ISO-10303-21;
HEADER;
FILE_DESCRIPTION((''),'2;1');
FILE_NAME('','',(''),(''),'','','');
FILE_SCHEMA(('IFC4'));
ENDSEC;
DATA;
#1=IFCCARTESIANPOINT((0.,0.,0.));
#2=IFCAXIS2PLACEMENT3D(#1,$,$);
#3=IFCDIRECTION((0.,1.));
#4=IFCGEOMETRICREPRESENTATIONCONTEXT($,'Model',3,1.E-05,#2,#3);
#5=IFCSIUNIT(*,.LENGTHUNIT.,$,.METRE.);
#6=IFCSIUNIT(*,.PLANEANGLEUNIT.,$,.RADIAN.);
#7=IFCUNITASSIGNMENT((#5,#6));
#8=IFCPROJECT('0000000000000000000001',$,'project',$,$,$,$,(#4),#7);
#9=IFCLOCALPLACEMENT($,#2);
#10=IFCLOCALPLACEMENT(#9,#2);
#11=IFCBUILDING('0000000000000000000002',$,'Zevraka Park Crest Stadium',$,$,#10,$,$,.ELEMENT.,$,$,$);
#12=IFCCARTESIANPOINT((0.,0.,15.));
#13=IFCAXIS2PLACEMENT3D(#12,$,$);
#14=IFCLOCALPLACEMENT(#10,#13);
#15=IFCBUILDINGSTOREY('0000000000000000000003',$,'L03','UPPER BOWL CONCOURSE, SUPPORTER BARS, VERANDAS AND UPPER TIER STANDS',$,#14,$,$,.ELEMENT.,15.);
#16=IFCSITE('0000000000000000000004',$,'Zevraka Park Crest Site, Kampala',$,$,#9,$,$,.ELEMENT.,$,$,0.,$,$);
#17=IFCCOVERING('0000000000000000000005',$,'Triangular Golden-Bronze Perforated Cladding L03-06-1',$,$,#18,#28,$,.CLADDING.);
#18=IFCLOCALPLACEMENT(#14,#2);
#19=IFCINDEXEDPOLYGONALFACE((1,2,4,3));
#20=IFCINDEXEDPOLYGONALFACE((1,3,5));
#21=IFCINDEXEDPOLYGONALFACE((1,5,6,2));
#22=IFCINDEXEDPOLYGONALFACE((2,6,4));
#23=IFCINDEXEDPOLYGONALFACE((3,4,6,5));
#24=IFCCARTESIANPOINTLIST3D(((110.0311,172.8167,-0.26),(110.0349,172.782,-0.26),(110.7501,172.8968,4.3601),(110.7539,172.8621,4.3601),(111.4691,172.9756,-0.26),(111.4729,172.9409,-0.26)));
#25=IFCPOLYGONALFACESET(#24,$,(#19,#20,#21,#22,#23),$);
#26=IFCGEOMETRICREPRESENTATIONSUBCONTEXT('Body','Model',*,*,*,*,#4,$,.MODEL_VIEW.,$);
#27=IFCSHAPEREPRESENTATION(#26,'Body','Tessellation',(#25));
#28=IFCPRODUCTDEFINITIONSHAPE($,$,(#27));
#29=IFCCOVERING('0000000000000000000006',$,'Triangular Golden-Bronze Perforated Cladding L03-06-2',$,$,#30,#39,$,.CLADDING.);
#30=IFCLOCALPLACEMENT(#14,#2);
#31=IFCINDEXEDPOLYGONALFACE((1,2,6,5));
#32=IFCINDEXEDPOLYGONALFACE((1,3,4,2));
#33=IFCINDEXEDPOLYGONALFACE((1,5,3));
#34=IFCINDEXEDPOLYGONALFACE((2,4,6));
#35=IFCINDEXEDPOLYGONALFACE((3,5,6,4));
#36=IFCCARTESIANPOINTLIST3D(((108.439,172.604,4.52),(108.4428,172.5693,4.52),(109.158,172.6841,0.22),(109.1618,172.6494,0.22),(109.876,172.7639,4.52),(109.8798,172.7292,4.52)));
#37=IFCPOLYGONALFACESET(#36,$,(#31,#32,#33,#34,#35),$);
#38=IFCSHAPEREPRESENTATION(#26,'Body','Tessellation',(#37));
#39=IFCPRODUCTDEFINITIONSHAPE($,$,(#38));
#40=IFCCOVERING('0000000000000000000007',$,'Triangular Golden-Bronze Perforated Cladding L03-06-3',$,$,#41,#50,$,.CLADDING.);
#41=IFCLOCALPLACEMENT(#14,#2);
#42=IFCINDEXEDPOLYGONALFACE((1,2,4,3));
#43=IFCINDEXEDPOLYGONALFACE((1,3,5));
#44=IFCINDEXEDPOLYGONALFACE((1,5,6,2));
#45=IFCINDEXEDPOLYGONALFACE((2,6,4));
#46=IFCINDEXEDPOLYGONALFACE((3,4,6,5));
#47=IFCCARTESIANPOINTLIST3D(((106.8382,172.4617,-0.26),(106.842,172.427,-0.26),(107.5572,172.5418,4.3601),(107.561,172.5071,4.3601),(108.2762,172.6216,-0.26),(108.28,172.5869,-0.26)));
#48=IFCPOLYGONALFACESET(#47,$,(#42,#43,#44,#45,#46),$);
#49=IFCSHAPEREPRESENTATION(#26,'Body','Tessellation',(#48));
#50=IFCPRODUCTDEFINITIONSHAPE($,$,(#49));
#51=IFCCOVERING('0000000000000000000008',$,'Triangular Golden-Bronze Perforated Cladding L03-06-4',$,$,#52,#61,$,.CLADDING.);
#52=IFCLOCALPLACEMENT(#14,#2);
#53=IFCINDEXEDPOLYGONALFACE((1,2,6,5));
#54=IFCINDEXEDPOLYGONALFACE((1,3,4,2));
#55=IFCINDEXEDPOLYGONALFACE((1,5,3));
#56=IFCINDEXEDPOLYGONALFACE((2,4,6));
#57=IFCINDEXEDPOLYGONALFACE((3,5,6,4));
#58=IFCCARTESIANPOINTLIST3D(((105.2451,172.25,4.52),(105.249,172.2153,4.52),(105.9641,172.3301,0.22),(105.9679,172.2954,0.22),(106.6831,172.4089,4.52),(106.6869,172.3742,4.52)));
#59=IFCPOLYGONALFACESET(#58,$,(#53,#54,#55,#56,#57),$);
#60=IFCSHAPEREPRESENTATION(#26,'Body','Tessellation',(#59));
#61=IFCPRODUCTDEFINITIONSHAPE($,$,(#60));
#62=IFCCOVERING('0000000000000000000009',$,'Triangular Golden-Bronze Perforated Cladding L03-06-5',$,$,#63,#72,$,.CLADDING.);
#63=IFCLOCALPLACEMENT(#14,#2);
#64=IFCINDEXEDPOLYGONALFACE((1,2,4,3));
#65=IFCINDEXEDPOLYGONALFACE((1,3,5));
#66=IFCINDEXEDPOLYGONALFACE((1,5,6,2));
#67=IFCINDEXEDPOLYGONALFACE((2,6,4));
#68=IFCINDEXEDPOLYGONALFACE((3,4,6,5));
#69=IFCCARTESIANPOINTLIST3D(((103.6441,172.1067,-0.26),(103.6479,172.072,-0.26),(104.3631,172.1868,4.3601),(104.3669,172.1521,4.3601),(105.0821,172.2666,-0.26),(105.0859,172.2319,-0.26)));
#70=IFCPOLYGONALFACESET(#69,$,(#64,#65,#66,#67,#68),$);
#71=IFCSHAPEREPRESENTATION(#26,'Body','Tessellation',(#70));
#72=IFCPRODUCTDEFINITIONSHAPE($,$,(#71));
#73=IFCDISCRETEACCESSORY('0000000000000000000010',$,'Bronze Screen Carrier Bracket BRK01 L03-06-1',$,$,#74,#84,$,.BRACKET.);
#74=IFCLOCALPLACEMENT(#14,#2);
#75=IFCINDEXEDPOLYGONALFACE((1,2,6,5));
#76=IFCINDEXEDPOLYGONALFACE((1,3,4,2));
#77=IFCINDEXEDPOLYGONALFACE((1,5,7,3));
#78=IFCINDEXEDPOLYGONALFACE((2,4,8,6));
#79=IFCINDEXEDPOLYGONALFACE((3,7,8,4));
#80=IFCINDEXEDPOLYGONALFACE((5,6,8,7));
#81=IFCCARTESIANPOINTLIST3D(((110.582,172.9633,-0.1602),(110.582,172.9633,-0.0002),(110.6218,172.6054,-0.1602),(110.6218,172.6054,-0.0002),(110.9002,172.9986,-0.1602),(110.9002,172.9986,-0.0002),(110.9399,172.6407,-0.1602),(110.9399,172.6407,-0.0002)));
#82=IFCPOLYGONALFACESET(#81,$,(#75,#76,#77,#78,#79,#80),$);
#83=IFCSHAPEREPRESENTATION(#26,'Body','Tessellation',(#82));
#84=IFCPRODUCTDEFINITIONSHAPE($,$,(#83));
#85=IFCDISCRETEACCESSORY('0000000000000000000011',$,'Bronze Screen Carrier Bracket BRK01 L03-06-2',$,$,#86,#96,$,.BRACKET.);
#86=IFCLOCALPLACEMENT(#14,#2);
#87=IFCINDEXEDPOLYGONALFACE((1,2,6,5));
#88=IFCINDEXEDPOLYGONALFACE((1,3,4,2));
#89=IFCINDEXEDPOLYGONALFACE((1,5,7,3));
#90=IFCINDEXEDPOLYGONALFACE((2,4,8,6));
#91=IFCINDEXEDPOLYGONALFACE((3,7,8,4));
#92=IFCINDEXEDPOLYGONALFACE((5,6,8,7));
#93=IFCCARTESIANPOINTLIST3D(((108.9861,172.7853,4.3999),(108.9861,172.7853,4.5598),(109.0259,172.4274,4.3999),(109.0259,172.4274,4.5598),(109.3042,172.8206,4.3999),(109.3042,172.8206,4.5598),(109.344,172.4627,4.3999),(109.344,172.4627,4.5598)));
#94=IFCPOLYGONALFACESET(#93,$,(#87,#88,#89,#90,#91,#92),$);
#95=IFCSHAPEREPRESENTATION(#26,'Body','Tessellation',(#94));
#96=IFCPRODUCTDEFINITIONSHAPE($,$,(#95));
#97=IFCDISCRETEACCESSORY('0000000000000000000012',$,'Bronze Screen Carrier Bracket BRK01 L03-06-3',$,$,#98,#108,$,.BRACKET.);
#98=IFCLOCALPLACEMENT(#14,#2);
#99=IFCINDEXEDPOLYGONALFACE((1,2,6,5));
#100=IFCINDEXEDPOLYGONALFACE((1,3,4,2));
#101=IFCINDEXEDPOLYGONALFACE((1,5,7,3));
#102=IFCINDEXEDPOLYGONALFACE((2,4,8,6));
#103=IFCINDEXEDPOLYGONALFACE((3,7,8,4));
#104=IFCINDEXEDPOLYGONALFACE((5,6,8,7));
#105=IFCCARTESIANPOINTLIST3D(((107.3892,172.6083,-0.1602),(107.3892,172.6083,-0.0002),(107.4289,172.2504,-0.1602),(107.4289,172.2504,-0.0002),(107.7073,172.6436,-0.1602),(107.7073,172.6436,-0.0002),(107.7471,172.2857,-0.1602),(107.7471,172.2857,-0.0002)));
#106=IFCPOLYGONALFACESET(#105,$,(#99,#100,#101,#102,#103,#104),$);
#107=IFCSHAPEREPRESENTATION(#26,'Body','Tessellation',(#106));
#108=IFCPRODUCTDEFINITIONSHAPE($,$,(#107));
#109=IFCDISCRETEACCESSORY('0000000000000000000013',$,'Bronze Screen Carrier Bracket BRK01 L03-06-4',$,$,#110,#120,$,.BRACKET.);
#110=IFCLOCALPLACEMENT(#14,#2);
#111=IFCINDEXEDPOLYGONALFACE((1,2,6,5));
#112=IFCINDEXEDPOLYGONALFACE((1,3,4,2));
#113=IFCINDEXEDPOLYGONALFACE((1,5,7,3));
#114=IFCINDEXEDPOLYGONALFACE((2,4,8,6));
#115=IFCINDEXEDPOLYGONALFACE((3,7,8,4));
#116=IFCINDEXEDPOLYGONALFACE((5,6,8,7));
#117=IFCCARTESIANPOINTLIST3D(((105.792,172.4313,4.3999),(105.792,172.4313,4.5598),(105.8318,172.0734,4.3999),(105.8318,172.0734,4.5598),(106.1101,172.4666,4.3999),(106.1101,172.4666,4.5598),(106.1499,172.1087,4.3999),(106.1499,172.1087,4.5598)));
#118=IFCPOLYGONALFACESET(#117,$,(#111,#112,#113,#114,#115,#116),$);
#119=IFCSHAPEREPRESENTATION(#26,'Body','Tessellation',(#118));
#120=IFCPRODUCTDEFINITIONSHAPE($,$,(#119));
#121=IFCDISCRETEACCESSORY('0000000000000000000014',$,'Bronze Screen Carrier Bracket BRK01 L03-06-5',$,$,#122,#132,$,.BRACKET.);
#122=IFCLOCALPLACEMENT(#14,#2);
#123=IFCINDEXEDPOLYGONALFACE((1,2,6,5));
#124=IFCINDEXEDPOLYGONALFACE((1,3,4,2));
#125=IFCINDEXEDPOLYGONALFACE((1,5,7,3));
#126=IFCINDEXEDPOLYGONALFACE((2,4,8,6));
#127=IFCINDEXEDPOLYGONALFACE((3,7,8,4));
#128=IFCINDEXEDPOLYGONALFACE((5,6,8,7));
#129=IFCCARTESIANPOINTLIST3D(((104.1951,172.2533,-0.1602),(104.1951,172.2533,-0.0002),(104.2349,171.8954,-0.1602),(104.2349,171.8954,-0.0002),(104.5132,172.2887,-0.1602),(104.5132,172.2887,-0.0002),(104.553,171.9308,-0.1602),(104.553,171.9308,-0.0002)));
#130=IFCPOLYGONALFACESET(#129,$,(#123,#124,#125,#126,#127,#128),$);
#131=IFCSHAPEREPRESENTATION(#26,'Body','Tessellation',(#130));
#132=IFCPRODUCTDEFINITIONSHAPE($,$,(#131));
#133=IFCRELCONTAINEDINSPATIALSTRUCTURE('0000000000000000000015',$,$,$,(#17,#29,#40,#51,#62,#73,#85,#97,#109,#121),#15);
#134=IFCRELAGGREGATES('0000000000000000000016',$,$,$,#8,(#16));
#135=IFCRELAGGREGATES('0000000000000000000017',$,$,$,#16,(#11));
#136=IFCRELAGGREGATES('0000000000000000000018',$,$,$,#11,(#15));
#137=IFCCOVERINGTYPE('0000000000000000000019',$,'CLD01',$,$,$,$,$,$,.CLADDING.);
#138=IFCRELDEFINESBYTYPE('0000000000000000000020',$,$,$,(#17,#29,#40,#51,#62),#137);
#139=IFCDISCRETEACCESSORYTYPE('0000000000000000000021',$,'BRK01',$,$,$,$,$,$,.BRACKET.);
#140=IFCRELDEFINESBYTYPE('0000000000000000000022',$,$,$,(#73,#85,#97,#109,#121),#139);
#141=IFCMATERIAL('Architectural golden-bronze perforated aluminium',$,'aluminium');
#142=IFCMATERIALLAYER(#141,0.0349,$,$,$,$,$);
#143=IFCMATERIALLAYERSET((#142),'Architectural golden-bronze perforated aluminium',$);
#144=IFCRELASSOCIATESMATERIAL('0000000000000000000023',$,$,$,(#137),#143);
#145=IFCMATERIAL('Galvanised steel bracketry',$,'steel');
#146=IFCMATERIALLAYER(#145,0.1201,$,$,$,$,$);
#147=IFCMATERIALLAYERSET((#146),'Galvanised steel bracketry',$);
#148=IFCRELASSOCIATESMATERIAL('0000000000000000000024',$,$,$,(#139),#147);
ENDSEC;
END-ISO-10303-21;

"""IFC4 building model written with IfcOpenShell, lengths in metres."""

from ifc_helpers import new_model, si_unit, direction, frame, origin, origin_2d, place, context, subcontext, project, spatial, polyline, rectangle, outline, extrude, material, layer, layer_set, type_object, element, save


model = new_model("IFC4")

# Units and contexts
model_context = context("Model", 3, precision=1e-05, world=origin(), true_north=direction((0.0, 1.0)))
body_context = subcontext(model_context, "Body", "Model", "MODEL_VIEW")
ifc_project = project(units=[si_unit("LENGTHUNIT", "METRE"), si_unit("PLANEANGLEUNIT", "RADIAN")], contexts=[model_context])

# Site, building, storey
site_placement = place(None, origin())
site = spatial("IfcSite", under=ifc_project, at=site_placement, Name="Zevraka Park Crest Site, Kampala", CompositionType="ELEMENT", RefElevation=0.0)
building_placement = place(site_placement, origin())
building = spatial("IfcBuilding", under=site, at=building_placement, Name="Zevraka Park Crest Stadium", CompositionType="ELEMENT")
storey_placement = place(building_placement, frame((0.0, 0.0, 15.0)))
storey = spatial("IfcBuildingStorey", under=building, at=storey_placement, Name="L03", Description="UPPER BOWL CONCOURSE, SUPPORTER BARS, VERANDAS AND UPPER TIER STANDS", CompositionType="ELEMENT", Elevation=15.0)

# Coverings
ifc_material_1 = material(Name="Architectural golden-bronze perforated aluminium", Category="aluminium")
ifc_layer_1 = layer(ifc_material_1, 0.0349)
ifc_layer_set_1 = layer_set([ifc_layer_1], Name="Architectural golden-bronze perforated aluminium")
covering_type = type_object("IfcCoveringType", Name="CLD01", PredefinedType="CLADDING", material=ifc_layer_set_1)
covering_1_placement = place(storey_placement, frame((111.4729, 172.9409, -0.26), z_axis=(0.109857, -0.993947, 0.000131), x_axis=(-0.993947, -0.109857, 0.0)))
element("IfcCovering", 1, at=covering_1_placement, inside=storey, type_object=covering_type, Name="Triangular Golden-Bronze Perforated Cladding L03-06-1", PredefinedType="CLADDING", context=body_context, shape_type="SweptSolid", body=[
    extrude(outline(polyline([(0.0, 0.0), (1.4467, 0.0), (0.7233, -4.6201), (0.0, 0.0)])), origin(), (0.0, 0.0, -1.0), 0.0349),
])
covering_2_placement = place(storey_placement, frame((108.439, 172.604, 4.52), z_axis=(-0.110598, 0.993865, 0.000016), x_axis=(0.993865, 0.110598, 0.0)))
element("IfcCovering", 2, at=covering_2_placement, inside=storey, type_object=covering_type, Name="Triangular Golden-Bronze Perforated Cladding L03-06-2", PredefinedType="CLADDING", context=body_context, shape_type="SweptSolid", body=[
    extrude(outline(polyline([(0.0, 0.0), (1.4459, 0.0), (0.7234, 4.3), (0.0, 0.0)])), origin(), (0.0, 0.0, -1.0), 0.0349),
])
covering_3_placement = place(storey_placement, frame((108.28, 172.5869, -0.26), z_axis=(0.110524, -0.993873, 0.000026), x_axis=(-0.993873, -0.110524, 0.0)))
element("IfcCovering", 3, at=covering_3_placement, inside=storey, type_object=covering_type, Name="Triangular Golden-Bronze Perforated Cladding L03-06-3", PredefinedType="CLADDING", context=body_context, shape_type="SweptSolid", body=[
    extrude(outline(polyline([(0.0, 0.0), (1.4469, 0.0), (0.7234, -4.6201), (0.0, 0.0)])), origin(), (0.0, 0.0, -1.0), 0.0349),
])
covering_4_placement = place(storey_placement, frame((105.2451, 172.25, 4.52), z_axis=(-0.109857, 0.993947, 0.000141), x_axis=(0.993947, 0.109857, 0.0)))
element("IfcCovering", 4, at=covering_4_placement, inside=storey, type_object=covering_type, Name="Triangular Golden-Bronze Perforated Cladding L03-06-4", PredefinedType="CLADDING", context=body_context, shape_type="SweptSolid", body=[
    extrude(outline(polyline([(0.0, 0.0), (1.4467, 0.0), (0.7234, 4.3), (0.0, 0.0)])), origin(), (0.0, 0.0, -1.0), 0.0349),
])
covering_5_placement = place(storey_placement, frame((105.0859, 172.2319, -0.26), z_axis=(0.110524, -0.993873, 0.000026), x_axis=(-0.993873, -0.110524, 0.0)))
element("IfcCovering", 5, at=covering_5_placement, inside=storey, type_object=covering_type, Name="Triangular Golden-Bronze Perforated Cladding L03-06-5", PredefinedType="CLADDING", context=body_context, shape_type="SweptSolid", body=[
    extrude(outline(polyline([(0.0, 0.0), (1.4469, 0.0), (0.7234, -4.6201), (0.0, 0.0)])), origin(), (0.0, 0.0, -1.0), 0.0349),
])

# Discrete accessories
ifc_material_2 = material(Name="Galvanised steel bracketry", Category="steel")
ifc_layer_2 = layer(ifc_material_2, 0.1201)
ifc_layer_set_2 = layer_set([ifc_layer_2], Name="Galvanised steel bracketry")
discrete_accessory_type = type_object("IfcDiscreteAccessoryType", Name="BRK01", PredefinedType="BRACKET", material=ifc_layer_set_2)
for number, where, z_axis, x_axis, name in (
    (6, (110.761, 172.802, -0.1602), (0.0, 0.0, 1.0), (-0.993884, -0.110428, 0.0), "Bronze Screen Carrier Bracket BRK01 L03-06-1"),
    (7, (109.165, 172.624, 4.3999), (0.0, 0.0, 1.0), (-0.993884, -0.110428, 0.0), "Bronze Screen Carrier Bracket BRK01 L03-06-2"),
    (8, (107.5681, 172.447, -0.1602), (0.0, 0.0, 1.0), (-0.993884, -0.110428, 0.0), "Bronze Screen Carrier Bracket BRK01 L03-06-3"),
    (9, (105.9709, 172.27, 4.3999), (0.0, 0.0, 1.0), (-0.993884, -0.110428, 0.0), "Bronze Screen Carrier Bracket BRK01 L03-06-4"),
    (10, (104.374, 172.092, -0.1602), (0.0, 0.0, 1.0), (-0.993884, -0.110428, 0.0), "Bronze Screen Carrier Bracket BRK01 L03-06-5"),
):
    element("IfcDiscreteAccessory", number, at=place(storey_placement, frame(where, z_axis=z_axis, x_axis=x_axis)), inside=storey, type_object=discrete_accessory_type, Name=name, PredefinedType="BRACKET", context=body_context, shape_type="SweptSolid", body=[
        extrude(rectangle(XDim=0.3201, YDim=0.3601, at=origin_2d()), origin(), (0.0, 0.0, 1.0), 0.1599),
    ])

save(model, "model.ifc")
